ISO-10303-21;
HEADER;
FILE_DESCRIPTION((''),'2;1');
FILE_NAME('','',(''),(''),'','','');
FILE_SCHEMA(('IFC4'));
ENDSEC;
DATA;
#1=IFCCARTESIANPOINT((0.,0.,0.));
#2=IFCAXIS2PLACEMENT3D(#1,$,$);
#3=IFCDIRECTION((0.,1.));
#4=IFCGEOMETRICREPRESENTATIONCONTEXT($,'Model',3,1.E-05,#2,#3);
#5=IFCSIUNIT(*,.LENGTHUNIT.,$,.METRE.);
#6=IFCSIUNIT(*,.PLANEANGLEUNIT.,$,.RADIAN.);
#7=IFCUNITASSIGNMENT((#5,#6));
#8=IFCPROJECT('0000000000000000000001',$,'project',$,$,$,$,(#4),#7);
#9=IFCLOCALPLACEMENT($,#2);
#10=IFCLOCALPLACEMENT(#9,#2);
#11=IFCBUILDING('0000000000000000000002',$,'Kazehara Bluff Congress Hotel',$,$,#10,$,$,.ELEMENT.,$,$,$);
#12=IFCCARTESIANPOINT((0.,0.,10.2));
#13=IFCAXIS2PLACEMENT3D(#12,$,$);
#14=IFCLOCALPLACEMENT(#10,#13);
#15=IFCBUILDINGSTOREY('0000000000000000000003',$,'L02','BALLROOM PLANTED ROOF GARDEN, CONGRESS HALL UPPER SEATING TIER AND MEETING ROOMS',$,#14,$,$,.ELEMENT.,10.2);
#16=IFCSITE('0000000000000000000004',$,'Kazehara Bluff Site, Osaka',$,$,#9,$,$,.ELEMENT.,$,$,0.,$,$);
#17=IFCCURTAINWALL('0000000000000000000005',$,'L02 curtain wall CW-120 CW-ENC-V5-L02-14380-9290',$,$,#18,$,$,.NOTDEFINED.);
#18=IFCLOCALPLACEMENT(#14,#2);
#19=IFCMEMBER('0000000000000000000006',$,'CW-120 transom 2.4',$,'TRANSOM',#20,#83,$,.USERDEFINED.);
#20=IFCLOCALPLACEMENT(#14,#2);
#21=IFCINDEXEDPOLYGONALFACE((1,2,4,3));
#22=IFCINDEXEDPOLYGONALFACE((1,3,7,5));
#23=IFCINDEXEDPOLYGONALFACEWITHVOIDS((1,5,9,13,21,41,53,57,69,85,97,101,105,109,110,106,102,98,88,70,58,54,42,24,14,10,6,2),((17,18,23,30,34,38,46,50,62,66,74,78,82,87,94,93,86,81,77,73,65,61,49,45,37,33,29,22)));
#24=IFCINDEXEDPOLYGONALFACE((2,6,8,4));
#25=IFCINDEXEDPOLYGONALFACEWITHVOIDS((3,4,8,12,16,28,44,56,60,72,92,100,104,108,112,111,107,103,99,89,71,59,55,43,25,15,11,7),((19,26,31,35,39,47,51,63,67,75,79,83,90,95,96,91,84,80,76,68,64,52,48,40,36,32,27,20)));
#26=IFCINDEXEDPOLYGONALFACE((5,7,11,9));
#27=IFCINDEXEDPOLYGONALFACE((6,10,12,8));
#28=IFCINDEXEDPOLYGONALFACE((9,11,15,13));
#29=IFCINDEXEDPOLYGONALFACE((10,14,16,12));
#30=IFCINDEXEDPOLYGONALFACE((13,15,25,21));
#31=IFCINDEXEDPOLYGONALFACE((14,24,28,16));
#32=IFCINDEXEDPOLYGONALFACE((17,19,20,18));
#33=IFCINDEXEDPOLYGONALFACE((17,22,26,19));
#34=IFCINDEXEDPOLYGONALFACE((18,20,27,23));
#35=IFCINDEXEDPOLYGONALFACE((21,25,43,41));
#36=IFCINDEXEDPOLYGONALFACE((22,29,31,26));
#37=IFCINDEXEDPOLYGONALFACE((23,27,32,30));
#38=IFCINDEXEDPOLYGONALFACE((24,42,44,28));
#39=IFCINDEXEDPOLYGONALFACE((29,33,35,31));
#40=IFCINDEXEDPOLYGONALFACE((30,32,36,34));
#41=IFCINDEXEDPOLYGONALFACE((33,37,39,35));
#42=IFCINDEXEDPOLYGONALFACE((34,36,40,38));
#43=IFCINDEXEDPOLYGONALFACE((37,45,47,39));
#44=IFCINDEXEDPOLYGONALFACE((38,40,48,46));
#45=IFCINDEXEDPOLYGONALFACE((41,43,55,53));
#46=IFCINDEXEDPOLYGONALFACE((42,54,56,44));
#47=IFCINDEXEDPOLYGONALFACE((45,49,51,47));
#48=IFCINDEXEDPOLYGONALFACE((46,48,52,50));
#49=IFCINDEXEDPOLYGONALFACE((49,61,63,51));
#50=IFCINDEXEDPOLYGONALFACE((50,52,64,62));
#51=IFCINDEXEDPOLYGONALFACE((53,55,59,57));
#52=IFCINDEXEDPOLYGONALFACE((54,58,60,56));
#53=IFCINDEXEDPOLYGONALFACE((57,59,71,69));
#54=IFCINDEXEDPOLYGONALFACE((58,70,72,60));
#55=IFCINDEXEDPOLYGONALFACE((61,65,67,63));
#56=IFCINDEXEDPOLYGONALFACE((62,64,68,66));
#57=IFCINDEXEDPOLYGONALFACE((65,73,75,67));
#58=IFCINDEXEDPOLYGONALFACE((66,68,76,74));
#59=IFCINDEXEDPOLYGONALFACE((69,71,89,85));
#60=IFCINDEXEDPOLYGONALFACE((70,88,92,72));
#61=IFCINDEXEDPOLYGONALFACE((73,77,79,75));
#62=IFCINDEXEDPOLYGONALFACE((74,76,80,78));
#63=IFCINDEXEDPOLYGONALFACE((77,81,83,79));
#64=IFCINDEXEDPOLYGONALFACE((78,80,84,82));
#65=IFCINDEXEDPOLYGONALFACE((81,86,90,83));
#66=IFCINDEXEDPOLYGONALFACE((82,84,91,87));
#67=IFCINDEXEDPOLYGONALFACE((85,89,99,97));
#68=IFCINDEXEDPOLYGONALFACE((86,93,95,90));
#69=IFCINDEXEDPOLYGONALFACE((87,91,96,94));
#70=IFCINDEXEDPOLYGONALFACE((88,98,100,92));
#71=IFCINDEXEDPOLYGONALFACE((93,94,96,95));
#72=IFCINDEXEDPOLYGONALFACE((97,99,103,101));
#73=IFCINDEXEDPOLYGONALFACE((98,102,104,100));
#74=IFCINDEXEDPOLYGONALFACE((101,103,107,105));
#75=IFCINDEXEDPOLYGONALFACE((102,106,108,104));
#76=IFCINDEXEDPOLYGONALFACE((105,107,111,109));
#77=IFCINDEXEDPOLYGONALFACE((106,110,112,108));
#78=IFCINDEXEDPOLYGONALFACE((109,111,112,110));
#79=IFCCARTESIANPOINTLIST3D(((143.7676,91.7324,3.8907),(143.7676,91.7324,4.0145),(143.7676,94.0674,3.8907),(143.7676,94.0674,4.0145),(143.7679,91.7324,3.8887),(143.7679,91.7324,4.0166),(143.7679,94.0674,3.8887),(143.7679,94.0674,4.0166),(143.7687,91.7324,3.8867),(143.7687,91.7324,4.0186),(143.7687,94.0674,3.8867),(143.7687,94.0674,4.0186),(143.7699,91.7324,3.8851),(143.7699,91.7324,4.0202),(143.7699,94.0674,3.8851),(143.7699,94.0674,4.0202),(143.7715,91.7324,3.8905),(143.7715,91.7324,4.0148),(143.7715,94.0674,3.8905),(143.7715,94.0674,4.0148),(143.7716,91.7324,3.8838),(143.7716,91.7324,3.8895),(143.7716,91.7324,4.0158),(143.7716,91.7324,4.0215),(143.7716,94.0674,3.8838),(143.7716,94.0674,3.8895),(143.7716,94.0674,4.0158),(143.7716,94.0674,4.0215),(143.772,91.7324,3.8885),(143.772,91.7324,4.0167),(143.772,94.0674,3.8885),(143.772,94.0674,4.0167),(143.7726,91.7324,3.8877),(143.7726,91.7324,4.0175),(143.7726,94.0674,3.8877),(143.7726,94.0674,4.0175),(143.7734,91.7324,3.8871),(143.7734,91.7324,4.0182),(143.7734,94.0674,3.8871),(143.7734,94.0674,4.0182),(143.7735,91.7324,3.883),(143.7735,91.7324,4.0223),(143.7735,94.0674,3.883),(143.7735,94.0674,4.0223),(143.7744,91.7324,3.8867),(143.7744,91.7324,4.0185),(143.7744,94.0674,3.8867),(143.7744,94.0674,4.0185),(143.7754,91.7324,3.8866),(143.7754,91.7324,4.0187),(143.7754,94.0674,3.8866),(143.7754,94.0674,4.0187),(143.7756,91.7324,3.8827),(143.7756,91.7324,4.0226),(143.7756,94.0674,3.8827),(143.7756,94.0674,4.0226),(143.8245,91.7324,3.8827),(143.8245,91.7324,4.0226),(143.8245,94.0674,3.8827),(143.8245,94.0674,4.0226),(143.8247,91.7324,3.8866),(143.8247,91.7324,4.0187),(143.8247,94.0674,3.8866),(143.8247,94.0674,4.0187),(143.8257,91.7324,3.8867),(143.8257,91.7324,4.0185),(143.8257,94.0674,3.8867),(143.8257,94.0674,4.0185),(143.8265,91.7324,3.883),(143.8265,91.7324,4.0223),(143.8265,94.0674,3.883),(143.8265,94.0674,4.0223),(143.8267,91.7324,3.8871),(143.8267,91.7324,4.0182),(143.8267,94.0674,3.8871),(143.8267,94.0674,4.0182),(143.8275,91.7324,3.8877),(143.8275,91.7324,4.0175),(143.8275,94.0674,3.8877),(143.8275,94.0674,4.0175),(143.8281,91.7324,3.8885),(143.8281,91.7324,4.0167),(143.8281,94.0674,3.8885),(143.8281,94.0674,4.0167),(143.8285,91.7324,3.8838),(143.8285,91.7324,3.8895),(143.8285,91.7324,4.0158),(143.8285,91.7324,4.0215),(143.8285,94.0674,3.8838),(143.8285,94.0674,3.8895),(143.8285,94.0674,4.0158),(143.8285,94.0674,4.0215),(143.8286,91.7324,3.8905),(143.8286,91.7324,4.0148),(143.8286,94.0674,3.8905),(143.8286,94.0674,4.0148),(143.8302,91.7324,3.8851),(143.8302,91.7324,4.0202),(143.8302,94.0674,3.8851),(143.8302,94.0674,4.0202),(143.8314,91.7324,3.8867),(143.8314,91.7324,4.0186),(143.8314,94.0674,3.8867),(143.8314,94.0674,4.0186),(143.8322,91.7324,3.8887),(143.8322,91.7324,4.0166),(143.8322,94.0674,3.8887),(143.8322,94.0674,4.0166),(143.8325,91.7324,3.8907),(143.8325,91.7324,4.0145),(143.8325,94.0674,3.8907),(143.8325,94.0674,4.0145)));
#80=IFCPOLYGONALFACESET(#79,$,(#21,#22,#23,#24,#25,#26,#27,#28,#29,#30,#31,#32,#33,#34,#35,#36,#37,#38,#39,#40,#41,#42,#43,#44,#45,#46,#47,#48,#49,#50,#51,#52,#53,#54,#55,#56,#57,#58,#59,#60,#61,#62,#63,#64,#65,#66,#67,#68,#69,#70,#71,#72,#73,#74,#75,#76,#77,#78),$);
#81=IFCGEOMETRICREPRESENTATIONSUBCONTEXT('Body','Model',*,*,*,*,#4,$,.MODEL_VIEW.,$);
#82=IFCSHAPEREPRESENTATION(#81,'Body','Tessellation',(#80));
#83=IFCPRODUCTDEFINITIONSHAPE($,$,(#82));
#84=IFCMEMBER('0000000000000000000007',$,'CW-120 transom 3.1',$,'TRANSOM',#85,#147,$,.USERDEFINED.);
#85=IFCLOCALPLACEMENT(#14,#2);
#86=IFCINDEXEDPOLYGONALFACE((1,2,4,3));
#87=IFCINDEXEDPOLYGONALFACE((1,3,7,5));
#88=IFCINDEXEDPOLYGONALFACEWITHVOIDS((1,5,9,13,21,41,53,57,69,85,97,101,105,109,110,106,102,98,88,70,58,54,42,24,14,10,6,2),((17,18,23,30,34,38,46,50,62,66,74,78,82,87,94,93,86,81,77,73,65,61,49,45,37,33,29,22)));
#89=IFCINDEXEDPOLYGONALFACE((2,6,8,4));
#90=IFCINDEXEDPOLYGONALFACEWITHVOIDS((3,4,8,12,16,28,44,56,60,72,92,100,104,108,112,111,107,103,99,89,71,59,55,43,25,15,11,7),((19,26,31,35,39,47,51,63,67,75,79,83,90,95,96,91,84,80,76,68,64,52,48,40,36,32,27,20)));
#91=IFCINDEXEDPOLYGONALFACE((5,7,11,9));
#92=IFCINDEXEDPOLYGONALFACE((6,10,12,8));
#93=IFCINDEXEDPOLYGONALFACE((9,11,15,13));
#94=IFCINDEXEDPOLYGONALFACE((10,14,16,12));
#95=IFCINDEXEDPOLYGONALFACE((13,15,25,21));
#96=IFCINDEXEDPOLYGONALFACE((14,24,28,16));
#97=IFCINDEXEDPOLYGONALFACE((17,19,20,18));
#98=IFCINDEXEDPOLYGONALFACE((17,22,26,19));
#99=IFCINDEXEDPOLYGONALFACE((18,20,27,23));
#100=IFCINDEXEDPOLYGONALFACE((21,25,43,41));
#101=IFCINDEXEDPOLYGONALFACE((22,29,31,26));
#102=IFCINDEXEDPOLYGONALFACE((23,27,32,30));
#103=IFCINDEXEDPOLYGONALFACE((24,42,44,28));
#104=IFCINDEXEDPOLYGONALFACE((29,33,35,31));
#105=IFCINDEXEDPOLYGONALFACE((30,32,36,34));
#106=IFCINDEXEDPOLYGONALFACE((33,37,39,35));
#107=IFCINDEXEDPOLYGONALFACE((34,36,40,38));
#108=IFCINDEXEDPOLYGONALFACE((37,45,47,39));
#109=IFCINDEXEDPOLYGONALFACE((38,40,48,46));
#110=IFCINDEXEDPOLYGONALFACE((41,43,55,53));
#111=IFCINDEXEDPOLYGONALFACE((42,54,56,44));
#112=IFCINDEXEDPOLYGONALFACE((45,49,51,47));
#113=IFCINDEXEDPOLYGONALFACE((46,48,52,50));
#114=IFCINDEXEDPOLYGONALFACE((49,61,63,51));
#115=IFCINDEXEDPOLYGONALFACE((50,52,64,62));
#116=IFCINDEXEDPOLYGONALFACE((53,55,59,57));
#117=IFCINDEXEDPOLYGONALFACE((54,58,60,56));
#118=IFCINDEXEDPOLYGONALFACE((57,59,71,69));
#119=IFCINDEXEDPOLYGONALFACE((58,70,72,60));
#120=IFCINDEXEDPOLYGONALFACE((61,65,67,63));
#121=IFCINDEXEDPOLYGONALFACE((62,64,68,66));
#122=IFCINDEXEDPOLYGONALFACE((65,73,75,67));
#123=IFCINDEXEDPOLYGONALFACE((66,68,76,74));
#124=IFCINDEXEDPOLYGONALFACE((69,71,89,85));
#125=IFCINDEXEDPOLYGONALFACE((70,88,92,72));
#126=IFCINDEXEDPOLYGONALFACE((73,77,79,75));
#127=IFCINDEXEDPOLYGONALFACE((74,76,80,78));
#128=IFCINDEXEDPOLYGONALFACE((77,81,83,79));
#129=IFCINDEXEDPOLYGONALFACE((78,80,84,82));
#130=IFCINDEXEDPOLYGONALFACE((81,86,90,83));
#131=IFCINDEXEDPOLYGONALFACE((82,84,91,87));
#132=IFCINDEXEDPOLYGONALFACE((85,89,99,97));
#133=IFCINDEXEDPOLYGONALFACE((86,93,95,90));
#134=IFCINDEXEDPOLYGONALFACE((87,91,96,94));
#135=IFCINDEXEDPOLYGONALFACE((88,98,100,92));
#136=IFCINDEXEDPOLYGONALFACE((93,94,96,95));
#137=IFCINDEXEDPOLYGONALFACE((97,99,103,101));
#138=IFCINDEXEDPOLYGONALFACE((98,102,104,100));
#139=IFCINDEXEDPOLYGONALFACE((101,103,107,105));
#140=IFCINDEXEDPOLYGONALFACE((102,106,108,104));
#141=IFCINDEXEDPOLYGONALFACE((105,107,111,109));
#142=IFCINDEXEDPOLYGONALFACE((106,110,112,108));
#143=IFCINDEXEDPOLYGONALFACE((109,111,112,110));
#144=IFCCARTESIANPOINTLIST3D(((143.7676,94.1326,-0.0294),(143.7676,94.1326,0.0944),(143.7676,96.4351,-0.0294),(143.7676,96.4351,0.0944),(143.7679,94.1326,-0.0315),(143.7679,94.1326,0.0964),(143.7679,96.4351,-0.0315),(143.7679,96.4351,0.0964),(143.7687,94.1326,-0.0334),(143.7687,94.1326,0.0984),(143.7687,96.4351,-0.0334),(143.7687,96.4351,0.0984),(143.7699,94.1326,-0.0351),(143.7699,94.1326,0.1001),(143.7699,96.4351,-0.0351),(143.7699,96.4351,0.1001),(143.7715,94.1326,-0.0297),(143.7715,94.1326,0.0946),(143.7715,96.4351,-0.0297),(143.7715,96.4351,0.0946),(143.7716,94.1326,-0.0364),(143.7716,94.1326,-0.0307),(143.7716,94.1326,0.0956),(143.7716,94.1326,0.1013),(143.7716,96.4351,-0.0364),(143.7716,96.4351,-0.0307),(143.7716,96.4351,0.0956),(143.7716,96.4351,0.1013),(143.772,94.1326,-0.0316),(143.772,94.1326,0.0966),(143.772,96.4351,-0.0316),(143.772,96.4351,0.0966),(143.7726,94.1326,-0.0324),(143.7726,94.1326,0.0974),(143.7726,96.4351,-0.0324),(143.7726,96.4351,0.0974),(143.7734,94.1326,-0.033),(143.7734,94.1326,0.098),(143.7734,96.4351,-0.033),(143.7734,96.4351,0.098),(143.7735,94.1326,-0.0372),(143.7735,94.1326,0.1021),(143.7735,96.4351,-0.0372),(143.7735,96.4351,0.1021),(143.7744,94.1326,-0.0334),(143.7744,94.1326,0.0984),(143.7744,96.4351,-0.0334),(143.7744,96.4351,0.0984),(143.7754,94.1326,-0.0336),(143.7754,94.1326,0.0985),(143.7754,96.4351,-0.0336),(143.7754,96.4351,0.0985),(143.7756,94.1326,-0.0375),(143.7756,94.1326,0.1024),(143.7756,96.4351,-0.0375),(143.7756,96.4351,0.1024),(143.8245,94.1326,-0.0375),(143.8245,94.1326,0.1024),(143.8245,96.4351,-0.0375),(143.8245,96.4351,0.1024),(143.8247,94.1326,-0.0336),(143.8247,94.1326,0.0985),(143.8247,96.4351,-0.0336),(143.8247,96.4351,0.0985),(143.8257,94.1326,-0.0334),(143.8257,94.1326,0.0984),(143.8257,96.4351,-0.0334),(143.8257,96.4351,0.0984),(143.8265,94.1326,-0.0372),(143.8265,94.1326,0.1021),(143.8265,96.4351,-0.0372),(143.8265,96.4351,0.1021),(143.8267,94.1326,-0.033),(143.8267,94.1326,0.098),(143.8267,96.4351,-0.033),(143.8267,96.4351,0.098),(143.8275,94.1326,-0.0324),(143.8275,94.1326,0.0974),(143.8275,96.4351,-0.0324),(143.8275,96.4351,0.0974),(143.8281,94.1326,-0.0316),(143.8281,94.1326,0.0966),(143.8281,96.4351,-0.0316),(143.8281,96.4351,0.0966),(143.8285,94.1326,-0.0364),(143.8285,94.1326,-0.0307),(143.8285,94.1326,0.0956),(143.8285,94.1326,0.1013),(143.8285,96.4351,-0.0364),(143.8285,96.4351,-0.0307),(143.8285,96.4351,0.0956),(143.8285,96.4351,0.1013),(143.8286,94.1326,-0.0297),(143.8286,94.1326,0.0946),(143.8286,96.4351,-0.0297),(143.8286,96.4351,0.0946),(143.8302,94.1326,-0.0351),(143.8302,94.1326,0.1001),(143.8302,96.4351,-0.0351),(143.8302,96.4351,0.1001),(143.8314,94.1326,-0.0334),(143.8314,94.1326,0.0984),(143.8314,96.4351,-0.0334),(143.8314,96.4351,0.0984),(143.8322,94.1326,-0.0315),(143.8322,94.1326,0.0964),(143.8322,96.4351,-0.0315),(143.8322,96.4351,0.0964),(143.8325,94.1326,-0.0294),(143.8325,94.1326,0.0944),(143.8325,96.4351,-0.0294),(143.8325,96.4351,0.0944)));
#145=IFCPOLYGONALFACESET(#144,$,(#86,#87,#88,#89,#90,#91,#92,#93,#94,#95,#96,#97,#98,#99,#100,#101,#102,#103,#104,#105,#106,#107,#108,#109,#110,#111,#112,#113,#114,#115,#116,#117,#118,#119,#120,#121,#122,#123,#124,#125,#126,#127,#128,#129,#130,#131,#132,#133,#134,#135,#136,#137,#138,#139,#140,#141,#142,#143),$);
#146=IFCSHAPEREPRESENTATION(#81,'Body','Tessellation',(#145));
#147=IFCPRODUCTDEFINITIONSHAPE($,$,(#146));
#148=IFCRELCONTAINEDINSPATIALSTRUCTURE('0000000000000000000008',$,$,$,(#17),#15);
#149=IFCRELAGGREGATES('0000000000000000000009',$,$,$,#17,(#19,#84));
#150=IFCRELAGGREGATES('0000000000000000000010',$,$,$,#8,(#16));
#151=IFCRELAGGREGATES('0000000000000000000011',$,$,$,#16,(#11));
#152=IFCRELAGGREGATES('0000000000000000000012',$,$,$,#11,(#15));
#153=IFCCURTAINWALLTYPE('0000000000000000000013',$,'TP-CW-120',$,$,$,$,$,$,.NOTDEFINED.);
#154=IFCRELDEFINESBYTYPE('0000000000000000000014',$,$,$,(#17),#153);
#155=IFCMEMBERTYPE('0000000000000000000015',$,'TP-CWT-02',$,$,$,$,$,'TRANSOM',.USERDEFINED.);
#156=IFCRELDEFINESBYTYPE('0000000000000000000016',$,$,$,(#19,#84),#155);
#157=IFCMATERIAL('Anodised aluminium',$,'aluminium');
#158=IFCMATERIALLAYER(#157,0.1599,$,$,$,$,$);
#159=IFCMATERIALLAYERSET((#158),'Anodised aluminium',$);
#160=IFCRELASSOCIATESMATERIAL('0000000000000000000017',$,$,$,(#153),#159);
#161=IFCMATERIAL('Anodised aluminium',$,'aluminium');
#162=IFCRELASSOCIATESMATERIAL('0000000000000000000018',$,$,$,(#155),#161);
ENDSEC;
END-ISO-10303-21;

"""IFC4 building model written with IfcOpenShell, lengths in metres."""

from ifc_helpers import new_model, si_unit, direction, frame, origin, origin_2d, place, context, subcontext, project, spatial, hollow_rectangle, extrude, material, layer, layer_set, material_profile, profile_set, type_object, element, aggregate, save


model = new_model("IFC4")

# Units and contexts
model_context = context("Model", 3, precision=1e-05, world=origin(), true_north=direction((0.0, 1.0)))
body_context = subcontext(model_context, "Body", "Model", "MODEL_VIEW")
ifc_project = project(units=[si_unit("LENGTHUNIT", "METRE"), si_unit("PLANEANGLEUNIT", "RADIAN")], contexts=[model_context])

# Site, building, storey
site_placement = place(None, origin())
site = spatial("IfcSite", under=ifc_project, at=site_placement, Name="Kazehara Bluff Site, Osaka", CompositionType="ELEMENT", RefElevation=0.0)
building_placement = place(site_placement, origin())
building = spatial("IfcBuilding", under=site, at=building_placement, Name="Kazehara Bluff Congress Hotel", CompositionType="ELEMENT")
storey_placement = place(building_placement, frame((0.0, 0.0, 10.2)))
storey = spatial("IfcBuildingStorey", under=building, at=storey_placement, Name="L02", Description="BALLROOM PLANTED ROOF GARDEN, CONGRESS HALL UPPER SEATING TIER AND MEETING ROOMS", CompositionType="ELEMENT", Elevation=10.2)

# Curtain wall
ifc_material_1 = material(Name="Anodised aluminium", Category="aluminium")
ifc_layer_1 = layer(ifc_material_1, 0.1599)
ifc_layer_set_1 = layer_set([ifc_layer_1], Name="Anodised aluminium")
curtain_wall_type_1 = type_object("IfcCurtainWallType", Name="TP-CW-120", PredefinedType="NOTDEFINED", material=ifc_layer_set_1)
curtain_wall_1_placement = place(storey_placement, origin())
curtain_wall_1 = element("IfcCurtainWall", 1, at=curtain_wall_1_placement, inside=storey, type_object=curtain_wall_type_1, Name="L02 curtain wall CW-120 CW-ENC-V5-L02-14380-9290", PredefinedType="NOTDEFINED")

# Members
ifc_material_2 = material(Name="Anodised aluminium", Category="aluminium")
ifc_material_profile_1 = material_profile(ifc_material_2, hollow_rectangle(XDim=0.0649, YDim=0.1399, WallThickness=0.0039, InnerFilletRadius=0.0039, OuterFilletRadius=0.0081, at=origin_2d()))
ifc_profile_set_1 = profile_set([ifc_material_profile_1], Name="Anodised aluminium")
member_type_1 = type_object("IfcMemberType", Name="TP-CWT-02", ElementType="TRANSOM", PredefinedType="USERDEFINED", material=ifc_profile_set_1)
member_1_placement = place(storey_placement, frame((143.8, 91.7324, 3.9526), z_axis=(0.0, 1.0, 0.0), x_axis=(-1.0, 0.0, 0.0)))
member_1 = element("IfcMember", 2, at=member_1_placement, type_object=member_type_1, Name="CW-120 transom 2.4", ObjectType="TRANSOM", PredefinedType="USERDEFINED", context=body_context, shape_type="SweptSolid", body=[
    extrude(hollow_rectangle(XDim=0.0649, YDim=0.1399, WallThickness=0.0039, InnerFilletRadius=0.0039, OuterFilletRadius=0.0081, at=origin_2d()), origin(), (0.0, 0.0, 1.0), 2.335),
])
member_2_placement = place(storey_placement, frame((143.8, 94.1326, 0.0325), z_axis=(0.0, 1.0, 0.0), x_axis=(-1.0, 0.0, 0.0)))
member_2 = element("IfcMember", 3, at=member_2_placement, type_object=member_type_1, Name="CW-120 transom 3.1", ObjectType="TRANSOM", PredefinedType="USERDEFINED", context=body_context, shape_type="SweptSolid", body=[
    extrude(hollow_rectangle(XDim=0.0649, YDim=0.1399, WallThickness=0.0039, InnerFilletRadius=0.0039, OuterFilletRadius=0.0081, at=origin_2d()), origin(), (0.0, 0.0, 1.0), 2.3025),
])

aggregate(curtain_wall_1, [member_1, member_2])

save(model, "model.ifc")
